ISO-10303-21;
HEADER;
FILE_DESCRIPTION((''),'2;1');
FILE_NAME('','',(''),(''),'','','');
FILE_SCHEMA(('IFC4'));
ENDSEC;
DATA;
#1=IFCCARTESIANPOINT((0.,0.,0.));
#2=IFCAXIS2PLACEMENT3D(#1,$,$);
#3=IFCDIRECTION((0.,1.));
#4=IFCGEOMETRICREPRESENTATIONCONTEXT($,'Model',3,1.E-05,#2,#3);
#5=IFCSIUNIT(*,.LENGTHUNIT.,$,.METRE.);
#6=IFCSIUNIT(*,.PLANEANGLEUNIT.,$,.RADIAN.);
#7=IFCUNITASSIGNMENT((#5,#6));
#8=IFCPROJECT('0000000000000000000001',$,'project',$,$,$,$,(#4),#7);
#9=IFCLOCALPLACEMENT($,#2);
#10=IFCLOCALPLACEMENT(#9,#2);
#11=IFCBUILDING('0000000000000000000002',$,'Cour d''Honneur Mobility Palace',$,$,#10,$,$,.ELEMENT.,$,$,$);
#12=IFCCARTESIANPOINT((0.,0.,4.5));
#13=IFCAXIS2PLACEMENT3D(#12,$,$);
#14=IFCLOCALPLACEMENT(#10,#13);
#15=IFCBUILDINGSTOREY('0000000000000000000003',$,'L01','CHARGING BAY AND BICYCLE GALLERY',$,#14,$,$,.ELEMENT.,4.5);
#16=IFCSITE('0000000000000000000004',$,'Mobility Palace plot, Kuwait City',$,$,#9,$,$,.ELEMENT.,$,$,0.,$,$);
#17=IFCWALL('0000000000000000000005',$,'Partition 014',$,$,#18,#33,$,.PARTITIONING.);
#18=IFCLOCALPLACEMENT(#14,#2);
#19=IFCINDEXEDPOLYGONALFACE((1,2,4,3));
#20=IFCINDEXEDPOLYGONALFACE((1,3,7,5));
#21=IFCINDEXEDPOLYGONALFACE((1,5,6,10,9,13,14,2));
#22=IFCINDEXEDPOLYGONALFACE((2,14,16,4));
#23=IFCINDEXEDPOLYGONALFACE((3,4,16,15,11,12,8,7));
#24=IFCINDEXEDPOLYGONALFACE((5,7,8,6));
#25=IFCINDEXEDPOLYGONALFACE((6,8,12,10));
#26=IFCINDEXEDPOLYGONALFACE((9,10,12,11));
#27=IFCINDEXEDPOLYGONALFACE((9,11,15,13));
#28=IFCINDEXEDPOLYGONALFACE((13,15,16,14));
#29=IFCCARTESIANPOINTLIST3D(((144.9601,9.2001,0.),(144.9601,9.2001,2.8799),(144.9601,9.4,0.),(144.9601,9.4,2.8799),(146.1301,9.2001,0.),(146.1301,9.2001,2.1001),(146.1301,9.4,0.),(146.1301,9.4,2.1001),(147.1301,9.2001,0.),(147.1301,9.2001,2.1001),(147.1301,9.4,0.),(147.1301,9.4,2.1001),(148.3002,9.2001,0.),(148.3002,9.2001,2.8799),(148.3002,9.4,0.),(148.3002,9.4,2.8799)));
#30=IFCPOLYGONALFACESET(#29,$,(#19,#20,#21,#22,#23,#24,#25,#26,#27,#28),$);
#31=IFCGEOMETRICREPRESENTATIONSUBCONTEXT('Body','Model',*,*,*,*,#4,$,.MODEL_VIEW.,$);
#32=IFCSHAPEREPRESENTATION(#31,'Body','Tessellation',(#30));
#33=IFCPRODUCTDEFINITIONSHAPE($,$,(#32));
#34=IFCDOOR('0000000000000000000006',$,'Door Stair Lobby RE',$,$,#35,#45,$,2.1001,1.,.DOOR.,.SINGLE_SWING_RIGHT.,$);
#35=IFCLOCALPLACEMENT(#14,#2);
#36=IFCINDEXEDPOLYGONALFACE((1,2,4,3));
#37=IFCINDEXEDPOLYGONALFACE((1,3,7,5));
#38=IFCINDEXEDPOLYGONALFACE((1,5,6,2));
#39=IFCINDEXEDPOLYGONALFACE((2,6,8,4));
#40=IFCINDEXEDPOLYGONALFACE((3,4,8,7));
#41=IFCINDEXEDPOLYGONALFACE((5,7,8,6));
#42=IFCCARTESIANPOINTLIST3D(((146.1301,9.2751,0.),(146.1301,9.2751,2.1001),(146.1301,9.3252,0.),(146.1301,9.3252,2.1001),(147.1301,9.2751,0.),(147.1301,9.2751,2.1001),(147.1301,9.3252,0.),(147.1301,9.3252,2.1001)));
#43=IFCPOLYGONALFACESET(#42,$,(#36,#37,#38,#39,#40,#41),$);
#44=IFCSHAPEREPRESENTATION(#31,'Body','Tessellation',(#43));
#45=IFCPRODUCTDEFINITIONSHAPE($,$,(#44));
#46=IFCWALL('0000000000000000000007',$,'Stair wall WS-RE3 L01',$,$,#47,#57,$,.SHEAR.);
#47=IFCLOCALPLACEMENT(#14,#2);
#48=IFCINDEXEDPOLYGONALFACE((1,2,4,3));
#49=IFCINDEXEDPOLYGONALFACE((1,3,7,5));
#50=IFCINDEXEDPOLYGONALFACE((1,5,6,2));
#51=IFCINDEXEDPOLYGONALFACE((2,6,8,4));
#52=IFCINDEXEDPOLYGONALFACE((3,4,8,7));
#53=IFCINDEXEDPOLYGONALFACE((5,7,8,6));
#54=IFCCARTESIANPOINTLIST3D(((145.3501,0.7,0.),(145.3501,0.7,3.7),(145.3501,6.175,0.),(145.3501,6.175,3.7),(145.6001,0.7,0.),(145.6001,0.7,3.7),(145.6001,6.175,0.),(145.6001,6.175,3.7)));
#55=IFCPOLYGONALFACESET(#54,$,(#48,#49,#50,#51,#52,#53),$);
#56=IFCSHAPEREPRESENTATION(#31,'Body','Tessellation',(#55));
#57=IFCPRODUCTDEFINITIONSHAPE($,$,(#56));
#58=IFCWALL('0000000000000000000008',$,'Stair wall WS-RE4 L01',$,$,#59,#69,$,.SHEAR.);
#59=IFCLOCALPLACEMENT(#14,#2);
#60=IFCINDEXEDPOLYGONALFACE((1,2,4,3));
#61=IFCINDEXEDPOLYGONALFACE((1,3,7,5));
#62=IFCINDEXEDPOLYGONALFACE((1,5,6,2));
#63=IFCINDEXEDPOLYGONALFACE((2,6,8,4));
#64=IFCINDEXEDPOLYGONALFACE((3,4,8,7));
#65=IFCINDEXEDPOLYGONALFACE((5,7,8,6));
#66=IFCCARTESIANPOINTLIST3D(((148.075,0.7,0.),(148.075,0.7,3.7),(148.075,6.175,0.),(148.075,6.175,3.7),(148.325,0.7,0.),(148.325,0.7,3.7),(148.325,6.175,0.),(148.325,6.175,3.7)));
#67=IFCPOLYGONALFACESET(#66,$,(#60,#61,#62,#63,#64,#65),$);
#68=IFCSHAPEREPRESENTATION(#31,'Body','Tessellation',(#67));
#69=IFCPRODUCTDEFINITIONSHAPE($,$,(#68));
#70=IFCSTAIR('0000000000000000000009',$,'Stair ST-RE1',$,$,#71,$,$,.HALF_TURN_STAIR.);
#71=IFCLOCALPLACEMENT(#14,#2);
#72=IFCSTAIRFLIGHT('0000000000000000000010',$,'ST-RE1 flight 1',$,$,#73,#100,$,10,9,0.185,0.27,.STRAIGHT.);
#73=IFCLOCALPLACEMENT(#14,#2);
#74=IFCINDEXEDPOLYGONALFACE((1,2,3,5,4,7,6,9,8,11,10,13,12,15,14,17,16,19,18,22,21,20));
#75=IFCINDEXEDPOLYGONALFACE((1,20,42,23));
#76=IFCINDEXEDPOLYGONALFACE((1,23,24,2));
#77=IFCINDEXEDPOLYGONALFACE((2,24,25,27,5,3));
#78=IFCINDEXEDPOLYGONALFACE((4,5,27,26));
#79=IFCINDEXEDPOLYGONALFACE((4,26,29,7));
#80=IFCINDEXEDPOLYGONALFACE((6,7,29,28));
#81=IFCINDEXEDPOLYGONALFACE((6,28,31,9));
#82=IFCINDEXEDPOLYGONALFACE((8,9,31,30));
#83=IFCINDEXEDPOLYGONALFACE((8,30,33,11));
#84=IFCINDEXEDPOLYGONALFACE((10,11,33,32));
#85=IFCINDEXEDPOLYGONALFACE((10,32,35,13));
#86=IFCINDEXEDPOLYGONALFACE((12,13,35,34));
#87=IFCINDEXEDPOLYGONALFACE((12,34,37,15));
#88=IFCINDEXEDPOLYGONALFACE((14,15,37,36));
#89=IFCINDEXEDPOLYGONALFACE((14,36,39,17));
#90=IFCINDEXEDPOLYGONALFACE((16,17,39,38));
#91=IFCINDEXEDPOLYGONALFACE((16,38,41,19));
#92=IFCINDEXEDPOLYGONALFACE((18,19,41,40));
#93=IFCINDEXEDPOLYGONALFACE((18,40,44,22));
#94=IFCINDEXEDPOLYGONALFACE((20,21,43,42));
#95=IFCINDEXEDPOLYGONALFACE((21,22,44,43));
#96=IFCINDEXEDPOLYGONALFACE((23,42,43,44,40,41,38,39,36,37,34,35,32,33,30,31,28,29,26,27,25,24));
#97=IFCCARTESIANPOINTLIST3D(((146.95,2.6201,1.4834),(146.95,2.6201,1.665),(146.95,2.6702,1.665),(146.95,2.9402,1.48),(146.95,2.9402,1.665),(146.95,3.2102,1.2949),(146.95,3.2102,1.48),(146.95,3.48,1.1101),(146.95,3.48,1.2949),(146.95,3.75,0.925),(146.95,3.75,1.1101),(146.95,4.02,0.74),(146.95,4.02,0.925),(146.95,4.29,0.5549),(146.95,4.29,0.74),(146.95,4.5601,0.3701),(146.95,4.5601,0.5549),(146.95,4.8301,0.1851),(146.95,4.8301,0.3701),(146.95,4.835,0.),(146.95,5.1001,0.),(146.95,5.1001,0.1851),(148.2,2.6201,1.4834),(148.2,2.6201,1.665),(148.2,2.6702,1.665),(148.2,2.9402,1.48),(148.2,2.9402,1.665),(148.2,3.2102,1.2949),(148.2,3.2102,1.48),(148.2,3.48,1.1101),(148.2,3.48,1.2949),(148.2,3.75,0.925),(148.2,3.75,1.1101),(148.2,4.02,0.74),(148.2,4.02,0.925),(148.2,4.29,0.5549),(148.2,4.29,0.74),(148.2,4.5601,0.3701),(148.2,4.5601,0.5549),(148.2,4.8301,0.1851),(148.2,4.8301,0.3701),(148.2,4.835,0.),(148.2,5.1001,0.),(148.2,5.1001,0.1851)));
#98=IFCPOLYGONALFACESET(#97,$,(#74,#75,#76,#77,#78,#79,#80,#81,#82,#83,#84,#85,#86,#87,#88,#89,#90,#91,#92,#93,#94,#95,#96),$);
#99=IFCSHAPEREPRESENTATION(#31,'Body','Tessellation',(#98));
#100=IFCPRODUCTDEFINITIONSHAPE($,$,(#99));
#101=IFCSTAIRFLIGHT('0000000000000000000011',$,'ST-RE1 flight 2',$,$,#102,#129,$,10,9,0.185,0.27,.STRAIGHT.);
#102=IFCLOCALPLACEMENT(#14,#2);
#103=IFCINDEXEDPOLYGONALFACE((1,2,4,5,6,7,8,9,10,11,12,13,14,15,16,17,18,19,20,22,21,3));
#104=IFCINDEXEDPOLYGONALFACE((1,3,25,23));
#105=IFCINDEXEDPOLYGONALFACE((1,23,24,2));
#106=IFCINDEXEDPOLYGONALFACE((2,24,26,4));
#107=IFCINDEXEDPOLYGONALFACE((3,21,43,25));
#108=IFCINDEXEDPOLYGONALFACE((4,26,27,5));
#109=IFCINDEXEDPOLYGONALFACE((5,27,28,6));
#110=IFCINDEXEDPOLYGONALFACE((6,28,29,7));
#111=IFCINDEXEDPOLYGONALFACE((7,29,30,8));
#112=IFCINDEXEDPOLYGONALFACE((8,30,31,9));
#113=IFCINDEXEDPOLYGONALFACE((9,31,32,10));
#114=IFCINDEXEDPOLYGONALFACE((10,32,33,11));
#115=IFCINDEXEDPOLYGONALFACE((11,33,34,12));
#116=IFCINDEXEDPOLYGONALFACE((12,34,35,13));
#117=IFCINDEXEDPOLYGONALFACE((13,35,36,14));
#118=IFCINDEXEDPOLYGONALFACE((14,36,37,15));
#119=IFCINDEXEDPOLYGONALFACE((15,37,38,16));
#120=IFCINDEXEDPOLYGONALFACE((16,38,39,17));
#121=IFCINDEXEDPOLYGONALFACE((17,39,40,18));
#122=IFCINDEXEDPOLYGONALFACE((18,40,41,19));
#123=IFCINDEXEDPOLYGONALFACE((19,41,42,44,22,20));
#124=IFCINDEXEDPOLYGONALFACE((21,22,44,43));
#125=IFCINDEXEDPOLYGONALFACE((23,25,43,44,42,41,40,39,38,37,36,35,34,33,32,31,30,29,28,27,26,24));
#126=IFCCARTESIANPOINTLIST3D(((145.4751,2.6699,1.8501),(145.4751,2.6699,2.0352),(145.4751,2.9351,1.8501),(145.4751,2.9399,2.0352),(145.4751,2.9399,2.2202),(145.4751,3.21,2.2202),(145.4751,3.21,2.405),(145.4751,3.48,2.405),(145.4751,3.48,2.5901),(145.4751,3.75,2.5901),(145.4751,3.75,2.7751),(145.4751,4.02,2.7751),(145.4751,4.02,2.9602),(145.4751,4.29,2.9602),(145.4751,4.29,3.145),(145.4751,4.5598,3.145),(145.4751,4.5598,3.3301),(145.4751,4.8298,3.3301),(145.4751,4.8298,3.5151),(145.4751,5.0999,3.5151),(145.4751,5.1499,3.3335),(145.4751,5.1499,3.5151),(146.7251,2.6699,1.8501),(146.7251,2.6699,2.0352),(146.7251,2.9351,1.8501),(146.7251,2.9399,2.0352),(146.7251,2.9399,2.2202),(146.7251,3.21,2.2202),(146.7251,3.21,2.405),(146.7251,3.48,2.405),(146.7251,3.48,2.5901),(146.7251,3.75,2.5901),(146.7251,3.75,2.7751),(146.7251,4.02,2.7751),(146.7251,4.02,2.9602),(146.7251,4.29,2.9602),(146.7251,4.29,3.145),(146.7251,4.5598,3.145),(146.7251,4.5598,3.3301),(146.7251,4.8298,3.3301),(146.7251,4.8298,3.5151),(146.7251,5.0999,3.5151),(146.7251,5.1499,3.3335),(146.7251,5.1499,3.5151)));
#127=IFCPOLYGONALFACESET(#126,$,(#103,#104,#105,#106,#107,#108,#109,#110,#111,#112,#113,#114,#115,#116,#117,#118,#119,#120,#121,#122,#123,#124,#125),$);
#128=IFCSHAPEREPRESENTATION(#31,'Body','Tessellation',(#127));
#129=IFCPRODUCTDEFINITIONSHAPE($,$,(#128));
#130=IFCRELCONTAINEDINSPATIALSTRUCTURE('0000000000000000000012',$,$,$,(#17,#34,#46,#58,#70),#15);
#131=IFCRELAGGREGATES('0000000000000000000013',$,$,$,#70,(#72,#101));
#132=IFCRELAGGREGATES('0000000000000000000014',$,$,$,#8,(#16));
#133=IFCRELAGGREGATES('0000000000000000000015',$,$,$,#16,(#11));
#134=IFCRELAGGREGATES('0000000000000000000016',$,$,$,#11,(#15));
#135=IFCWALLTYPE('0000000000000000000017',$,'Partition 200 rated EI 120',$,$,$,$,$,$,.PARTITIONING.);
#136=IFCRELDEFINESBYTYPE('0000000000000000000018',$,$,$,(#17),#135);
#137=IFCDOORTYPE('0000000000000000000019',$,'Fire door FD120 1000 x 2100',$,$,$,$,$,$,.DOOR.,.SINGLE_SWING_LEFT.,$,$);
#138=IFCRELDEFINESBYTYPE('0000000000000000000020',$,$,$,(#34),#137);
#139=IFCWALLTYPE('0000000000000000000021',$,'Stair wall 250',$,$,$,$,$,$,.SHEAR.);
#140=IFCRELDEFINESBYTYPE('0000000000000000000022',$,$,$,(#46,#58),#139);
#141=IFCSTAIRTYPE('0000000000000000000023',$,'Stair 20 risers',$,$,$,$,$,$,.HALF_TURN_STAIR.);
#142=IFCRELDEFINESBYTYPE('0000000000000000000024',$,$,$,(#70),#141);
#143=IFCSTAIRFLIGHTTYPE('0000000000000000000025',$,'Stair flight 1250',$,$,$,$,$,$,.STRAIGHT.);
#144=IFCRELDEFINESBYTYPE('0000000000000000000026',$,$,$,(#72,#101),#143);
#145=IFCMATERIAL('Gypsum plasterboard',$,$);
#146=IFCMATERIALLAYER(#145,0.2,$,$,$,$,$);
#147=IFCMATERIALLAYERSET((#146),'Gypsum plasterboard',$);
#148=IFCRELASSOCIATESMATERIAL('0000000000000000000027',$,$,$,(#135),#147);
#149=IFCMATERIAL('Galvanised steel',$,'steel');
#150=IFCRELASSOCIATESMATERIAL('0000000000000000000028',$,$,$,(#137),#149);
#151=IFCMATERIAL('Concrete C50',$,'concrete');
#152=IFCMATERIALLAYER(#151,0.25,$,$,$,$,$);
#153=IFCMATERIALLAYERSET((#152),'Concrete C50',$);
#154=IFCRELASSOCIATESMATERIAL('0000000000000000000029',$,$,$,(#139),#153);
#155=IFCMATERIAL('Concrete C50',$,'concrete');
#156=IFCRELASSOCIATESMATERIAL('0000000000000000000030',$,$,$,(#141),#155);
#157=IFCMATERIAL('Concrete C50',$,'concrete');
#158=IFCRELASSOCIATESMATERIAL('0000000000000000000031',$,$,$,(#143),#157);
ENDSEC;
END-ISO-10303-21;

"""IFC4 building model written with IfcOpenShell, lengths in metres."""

from ifc_helpers import new_model, si_unit, direction, frame, frame_2d, origin, place, context, subcontext, project, spatial, polyline, rectangle, outline, extrude, material, layer, layer_set, type_object, element, fill, aggregate, save


model = new_model("IFC4")

# Units and contexts
model_context = context("Model", 3, precision=1e-05, world=origin(), true_north=direction((0.0, 1.0)))
body_context = subcontext(model_context, "Body", "Model", "MODEL_VIEW")
ifc_project = project(units=[si_unit("LENGTHUNIT", "METRE"), si_unit("PLANEANGLEUNIT", "RADIAN")], contexts=[model_context])

# Site, building, storey
site_placement = place(None, origin())
site = spatial("IfcSite", under=ifc_project, at=site_placement, Name="Mobility Palace plot, Kuwait City", CompositionType="ELEMENT", RefElevation=0.0)
building_placement = place(site_placement, origin())
building = spatial("IfcBuilding", under=site, at=building_placement, Name="Cour d'Honneur Mobility Palace", CompositionType="ELEMENT")
storey_placement = place(building_placement, frame((0.0, 0.0, 4.5)))
storey = spatial("IfcBuildingStorey", under=building, at=storey_placement, Name="L01", Description="CHARGING BAY AND BICYCLE GALLERY", CompositionType="ELEMENT", Elevation=4.5)

# Shared definitions
ifc_material_1 = material(Name="Gypsum plasterboard")
ifc_layer_1 = layer(ifc_material_1, 0.2)
ifc_layer_set_1 = layer_set([ifc_layer_1], Name="Gypsum plasterboard")
wall_type_1 = type_object("IfcWallType", Name="Partition 200 rated EI 120", PredefinedType="PARTITIONING", material=ifc_layer_set_1)

# Wall, opening, door
wall_1_placement = place(storey_placement, frame((148.3, 9.3, 0.0), z_axis=(0.0, 0.0, 1.0), x_axis=(-1.0, 0.0, 0.0)))
wall_1 = element("IfcWall", 1, at=wall_1_placement, inside=storey, type_object=wall_type_1, Name="Partition 014", PredefinedType="PARTITIONING", context=body_context, shape_type="SweptSolid", body=[
    extrude(rectangle(XDim=3.3401, YDim=0.2, at=frame_2d((1.6699, 0.0))), origin(), (0.0, 0.0, 1.0), 2.8799),
])
opening_placement = place(wall_1_placement, frame((1.1699, 0.0, 0.0)))
opening = element("IfcOpeningElement", 2, at=opening_placement, cuts=wall_1, PredefinedType="OPENING", context=body_context, shape_type="SweptSolid", body=[
    extrude(rectangle(XDim=1.0, YDim=2.1001, at=frame_2d((0.5, 1.05))), frame((0.0, 0.1099, 0.0), z_axis=(0.0, -1.0, 0.0), x_axis=(1.0, 0.0, 0.0)), (0.0, 0.0, 1.0), 0.22),
])
ifc_material_2 = material(Name="Galvanised steel", Category="steel")
door_type = type_object("IfcDoorType", Name="Fire door FD120 1000 x 2100", OperationType="SINGLE_SWING_LEFT", PredefinedType="DOOR", material=ifc_material_2)
door_placement = place(opening_placement, origin())
door = element("IfcDoor", 3, at=door_placement, inside=storey, type_object=door_type, Name="Door Stair Lobby RE", OperationType="SINGLE_SWING_RIGHT", OverallHeight=2.1001, OverallWidth=1.0, PredefinedType="DOOR", context=body_context, shape_type="SweptSolid", body=[
    extrude(rectangle(XDim=1.0, YDim=2.1001, at=frame_2d((0.5, 1.05))), frame((0.0, 0.0249, 0.0), z_axis=(0.0, -1.0, 0.0), x_axis=(1.0, 0.0, 0.0)), (0.0, 0.0, 1.0), 0.05),
])
fill(opening, door)

# Walls
ifc_material_3 = material(Name="Concrete C50", Category="concrete")
ifc_layer_2 = layer(ifc_material_3, 0.25)
ifc_layer_set_2 = layer_set([ifc_layer_2], Name="Concrete C50")
wall_type_2 = type_object("IfcWallType", Name="Stair wall 250", PredefinedType="SHEAR", material=ifc_layer_set_2)
for number, where, z_axis, x_axis, name in (
    (4, (145.4751, 0.7, 0.0), (0.0, 0.0, 1.0), (0.0, 1.0, 0.0), "Stair wall WS-RE3 L01"),
    (5, (148.2, 0.7, 0.0), (0.0, 0.0, 1.0), (0.0, 1.0, 0.0), "Stair wall WS-RE4 L01"),
):
    element("IfcWall", number, at=place(storey_placement, frame(where, z_axis=z_axis, x_axis=x_axis)), inside=storey, type_object=wall_type_2, Name=name, PredefinedType="SHEAR", context=body_context, shape_type="SweptSolid", body=[
        extrude(rectangle(XDim=5.4751, YDim=0.25, at=frame_2d((2.7375, 0.0))), origin(), (0.0, 0.0, 1.0), 3.7),
    ])

# Stair, stair flights
ifc_material_4 = material(Name="Concrete C50", Category="concrete")
stair_type = type_object("IfcStairType", Name="Stair 20 risers", PredefinedType="HALF_TURN_STAIR", material=ifc_material_4)
stair_placement = place(storey_placement, origin())
stair = element("IfcStair", 6, at=stair_placement, inside=storey, type_object=stair_type, Name="Stair ST-RE1", PredefinedType="HALF_TURN_STAIR")
ifc_material_5 = material(Name="Concrete C50", Category="concrete")
stair_flight_type = type_object("IfcStairFlightType", Name="Stair flight 1250", PredefinedType="STRAIGHT", material=ifc_material_5)
stair_flight_1_placement = place(storey_placement, frame((147.575, 5.1001, 0.0), z_axis=(0.0, 0.0, 1.0), x_axis=(0.0, -1.0, 0.0)))
stair_flight_1 = element("IfcStairFlight", 7, at=stair_flight_1_placement, type_object=stair_flight_type, Name="ST-RE1 flight 1", NumberOfRisers=10, NumberOfTreads=9, PredefinedType="STRAIGHT", RiserHeight=0.185, TreadLength=0.27, context=body_context, shape_type="SweptSolid", body=[
    extrude(outline(polyline([(0.0, 0.0), (0.0, 0.1851), (0.27, 0.1851), (0.27, 0.3701), (0.54, 0.3701), (0.54, 0.5549), (0.8101, 0.5549), (0.8101, 0.74), (1.0801, 0.74), (1.0801, 0.925), (1.3501, 0.925), (1.3501, 1.1101), (1.6201, 1.1101), (1.6201, 1.2949), (1.8899, 1.2949), (1.8899, 1.48), (2.1599, 1.48), (2.1599, 1.665), (2.4299, 1.665), (2.48, 1.665), (2.48, 1.4834), (0.2651, 0.0), (0.0, 0.0)])), frame((0.0, 0.625, 0.0), z_axis=(0.0, -1.0, 0.0), x_axis=(1.0, 0.0, 0.0)), (0.0, 0.0, 1.0), 1.25),
])
stair_flight_2_placement = place(storey_placement, frame((146.1001, 2.6699, 1.8501), z_axis=(0.0, 0.0, 1.0), x_axis=(0.0, 1.0, 0.0)))
stair_flight_2 = element("IfcStairFlight", 8, at=stair_flight_2_placement, type_object=stair_flight_type, Name="ST-RE1 flight 2", NumberOfRisers=10, NumberOfTreads=9, PredefinedType="STRAIGHT", RiserHeight=0.185, TreadLength=0.27, context=body_context, shape_type="SweptSolid", body=[
    extrude(outline(polyline([(0.0, 0.0), (0.0, 0.1851), (0.27, 0.1851), (0.27, 0.3701), (0.54, 0.3701), (0.54, 0.5549), (0.8101, 0.5549), (0.8101, 0.74), (1.0801, 0.74), (1.0801, 0.925), (1.3501, 0.925), (1.3501, 1.1101), (1.6201, 1.1101), (1.6201, 1.2949), (1.8899, 1.2949), (1.8899, 1.48), (2.1599, 1.48), (2.1599, 1.665), (2.4299, 1.665), (2.48, 1.665), (2.48, 1.4834), (0.2651, 0.0), (0.0, 0.0)])), frame((0.0, 0.625, 0.0), z_axis=(0.0, -1.0, 0.0), x_axis=(1.0, 0.0, 0.0)), (0.0, 0.0, 1.0), 1.25),
])
aggregate(stair, [stair_flight_1, stair_flight_2])

save(model, "model.ifc")
